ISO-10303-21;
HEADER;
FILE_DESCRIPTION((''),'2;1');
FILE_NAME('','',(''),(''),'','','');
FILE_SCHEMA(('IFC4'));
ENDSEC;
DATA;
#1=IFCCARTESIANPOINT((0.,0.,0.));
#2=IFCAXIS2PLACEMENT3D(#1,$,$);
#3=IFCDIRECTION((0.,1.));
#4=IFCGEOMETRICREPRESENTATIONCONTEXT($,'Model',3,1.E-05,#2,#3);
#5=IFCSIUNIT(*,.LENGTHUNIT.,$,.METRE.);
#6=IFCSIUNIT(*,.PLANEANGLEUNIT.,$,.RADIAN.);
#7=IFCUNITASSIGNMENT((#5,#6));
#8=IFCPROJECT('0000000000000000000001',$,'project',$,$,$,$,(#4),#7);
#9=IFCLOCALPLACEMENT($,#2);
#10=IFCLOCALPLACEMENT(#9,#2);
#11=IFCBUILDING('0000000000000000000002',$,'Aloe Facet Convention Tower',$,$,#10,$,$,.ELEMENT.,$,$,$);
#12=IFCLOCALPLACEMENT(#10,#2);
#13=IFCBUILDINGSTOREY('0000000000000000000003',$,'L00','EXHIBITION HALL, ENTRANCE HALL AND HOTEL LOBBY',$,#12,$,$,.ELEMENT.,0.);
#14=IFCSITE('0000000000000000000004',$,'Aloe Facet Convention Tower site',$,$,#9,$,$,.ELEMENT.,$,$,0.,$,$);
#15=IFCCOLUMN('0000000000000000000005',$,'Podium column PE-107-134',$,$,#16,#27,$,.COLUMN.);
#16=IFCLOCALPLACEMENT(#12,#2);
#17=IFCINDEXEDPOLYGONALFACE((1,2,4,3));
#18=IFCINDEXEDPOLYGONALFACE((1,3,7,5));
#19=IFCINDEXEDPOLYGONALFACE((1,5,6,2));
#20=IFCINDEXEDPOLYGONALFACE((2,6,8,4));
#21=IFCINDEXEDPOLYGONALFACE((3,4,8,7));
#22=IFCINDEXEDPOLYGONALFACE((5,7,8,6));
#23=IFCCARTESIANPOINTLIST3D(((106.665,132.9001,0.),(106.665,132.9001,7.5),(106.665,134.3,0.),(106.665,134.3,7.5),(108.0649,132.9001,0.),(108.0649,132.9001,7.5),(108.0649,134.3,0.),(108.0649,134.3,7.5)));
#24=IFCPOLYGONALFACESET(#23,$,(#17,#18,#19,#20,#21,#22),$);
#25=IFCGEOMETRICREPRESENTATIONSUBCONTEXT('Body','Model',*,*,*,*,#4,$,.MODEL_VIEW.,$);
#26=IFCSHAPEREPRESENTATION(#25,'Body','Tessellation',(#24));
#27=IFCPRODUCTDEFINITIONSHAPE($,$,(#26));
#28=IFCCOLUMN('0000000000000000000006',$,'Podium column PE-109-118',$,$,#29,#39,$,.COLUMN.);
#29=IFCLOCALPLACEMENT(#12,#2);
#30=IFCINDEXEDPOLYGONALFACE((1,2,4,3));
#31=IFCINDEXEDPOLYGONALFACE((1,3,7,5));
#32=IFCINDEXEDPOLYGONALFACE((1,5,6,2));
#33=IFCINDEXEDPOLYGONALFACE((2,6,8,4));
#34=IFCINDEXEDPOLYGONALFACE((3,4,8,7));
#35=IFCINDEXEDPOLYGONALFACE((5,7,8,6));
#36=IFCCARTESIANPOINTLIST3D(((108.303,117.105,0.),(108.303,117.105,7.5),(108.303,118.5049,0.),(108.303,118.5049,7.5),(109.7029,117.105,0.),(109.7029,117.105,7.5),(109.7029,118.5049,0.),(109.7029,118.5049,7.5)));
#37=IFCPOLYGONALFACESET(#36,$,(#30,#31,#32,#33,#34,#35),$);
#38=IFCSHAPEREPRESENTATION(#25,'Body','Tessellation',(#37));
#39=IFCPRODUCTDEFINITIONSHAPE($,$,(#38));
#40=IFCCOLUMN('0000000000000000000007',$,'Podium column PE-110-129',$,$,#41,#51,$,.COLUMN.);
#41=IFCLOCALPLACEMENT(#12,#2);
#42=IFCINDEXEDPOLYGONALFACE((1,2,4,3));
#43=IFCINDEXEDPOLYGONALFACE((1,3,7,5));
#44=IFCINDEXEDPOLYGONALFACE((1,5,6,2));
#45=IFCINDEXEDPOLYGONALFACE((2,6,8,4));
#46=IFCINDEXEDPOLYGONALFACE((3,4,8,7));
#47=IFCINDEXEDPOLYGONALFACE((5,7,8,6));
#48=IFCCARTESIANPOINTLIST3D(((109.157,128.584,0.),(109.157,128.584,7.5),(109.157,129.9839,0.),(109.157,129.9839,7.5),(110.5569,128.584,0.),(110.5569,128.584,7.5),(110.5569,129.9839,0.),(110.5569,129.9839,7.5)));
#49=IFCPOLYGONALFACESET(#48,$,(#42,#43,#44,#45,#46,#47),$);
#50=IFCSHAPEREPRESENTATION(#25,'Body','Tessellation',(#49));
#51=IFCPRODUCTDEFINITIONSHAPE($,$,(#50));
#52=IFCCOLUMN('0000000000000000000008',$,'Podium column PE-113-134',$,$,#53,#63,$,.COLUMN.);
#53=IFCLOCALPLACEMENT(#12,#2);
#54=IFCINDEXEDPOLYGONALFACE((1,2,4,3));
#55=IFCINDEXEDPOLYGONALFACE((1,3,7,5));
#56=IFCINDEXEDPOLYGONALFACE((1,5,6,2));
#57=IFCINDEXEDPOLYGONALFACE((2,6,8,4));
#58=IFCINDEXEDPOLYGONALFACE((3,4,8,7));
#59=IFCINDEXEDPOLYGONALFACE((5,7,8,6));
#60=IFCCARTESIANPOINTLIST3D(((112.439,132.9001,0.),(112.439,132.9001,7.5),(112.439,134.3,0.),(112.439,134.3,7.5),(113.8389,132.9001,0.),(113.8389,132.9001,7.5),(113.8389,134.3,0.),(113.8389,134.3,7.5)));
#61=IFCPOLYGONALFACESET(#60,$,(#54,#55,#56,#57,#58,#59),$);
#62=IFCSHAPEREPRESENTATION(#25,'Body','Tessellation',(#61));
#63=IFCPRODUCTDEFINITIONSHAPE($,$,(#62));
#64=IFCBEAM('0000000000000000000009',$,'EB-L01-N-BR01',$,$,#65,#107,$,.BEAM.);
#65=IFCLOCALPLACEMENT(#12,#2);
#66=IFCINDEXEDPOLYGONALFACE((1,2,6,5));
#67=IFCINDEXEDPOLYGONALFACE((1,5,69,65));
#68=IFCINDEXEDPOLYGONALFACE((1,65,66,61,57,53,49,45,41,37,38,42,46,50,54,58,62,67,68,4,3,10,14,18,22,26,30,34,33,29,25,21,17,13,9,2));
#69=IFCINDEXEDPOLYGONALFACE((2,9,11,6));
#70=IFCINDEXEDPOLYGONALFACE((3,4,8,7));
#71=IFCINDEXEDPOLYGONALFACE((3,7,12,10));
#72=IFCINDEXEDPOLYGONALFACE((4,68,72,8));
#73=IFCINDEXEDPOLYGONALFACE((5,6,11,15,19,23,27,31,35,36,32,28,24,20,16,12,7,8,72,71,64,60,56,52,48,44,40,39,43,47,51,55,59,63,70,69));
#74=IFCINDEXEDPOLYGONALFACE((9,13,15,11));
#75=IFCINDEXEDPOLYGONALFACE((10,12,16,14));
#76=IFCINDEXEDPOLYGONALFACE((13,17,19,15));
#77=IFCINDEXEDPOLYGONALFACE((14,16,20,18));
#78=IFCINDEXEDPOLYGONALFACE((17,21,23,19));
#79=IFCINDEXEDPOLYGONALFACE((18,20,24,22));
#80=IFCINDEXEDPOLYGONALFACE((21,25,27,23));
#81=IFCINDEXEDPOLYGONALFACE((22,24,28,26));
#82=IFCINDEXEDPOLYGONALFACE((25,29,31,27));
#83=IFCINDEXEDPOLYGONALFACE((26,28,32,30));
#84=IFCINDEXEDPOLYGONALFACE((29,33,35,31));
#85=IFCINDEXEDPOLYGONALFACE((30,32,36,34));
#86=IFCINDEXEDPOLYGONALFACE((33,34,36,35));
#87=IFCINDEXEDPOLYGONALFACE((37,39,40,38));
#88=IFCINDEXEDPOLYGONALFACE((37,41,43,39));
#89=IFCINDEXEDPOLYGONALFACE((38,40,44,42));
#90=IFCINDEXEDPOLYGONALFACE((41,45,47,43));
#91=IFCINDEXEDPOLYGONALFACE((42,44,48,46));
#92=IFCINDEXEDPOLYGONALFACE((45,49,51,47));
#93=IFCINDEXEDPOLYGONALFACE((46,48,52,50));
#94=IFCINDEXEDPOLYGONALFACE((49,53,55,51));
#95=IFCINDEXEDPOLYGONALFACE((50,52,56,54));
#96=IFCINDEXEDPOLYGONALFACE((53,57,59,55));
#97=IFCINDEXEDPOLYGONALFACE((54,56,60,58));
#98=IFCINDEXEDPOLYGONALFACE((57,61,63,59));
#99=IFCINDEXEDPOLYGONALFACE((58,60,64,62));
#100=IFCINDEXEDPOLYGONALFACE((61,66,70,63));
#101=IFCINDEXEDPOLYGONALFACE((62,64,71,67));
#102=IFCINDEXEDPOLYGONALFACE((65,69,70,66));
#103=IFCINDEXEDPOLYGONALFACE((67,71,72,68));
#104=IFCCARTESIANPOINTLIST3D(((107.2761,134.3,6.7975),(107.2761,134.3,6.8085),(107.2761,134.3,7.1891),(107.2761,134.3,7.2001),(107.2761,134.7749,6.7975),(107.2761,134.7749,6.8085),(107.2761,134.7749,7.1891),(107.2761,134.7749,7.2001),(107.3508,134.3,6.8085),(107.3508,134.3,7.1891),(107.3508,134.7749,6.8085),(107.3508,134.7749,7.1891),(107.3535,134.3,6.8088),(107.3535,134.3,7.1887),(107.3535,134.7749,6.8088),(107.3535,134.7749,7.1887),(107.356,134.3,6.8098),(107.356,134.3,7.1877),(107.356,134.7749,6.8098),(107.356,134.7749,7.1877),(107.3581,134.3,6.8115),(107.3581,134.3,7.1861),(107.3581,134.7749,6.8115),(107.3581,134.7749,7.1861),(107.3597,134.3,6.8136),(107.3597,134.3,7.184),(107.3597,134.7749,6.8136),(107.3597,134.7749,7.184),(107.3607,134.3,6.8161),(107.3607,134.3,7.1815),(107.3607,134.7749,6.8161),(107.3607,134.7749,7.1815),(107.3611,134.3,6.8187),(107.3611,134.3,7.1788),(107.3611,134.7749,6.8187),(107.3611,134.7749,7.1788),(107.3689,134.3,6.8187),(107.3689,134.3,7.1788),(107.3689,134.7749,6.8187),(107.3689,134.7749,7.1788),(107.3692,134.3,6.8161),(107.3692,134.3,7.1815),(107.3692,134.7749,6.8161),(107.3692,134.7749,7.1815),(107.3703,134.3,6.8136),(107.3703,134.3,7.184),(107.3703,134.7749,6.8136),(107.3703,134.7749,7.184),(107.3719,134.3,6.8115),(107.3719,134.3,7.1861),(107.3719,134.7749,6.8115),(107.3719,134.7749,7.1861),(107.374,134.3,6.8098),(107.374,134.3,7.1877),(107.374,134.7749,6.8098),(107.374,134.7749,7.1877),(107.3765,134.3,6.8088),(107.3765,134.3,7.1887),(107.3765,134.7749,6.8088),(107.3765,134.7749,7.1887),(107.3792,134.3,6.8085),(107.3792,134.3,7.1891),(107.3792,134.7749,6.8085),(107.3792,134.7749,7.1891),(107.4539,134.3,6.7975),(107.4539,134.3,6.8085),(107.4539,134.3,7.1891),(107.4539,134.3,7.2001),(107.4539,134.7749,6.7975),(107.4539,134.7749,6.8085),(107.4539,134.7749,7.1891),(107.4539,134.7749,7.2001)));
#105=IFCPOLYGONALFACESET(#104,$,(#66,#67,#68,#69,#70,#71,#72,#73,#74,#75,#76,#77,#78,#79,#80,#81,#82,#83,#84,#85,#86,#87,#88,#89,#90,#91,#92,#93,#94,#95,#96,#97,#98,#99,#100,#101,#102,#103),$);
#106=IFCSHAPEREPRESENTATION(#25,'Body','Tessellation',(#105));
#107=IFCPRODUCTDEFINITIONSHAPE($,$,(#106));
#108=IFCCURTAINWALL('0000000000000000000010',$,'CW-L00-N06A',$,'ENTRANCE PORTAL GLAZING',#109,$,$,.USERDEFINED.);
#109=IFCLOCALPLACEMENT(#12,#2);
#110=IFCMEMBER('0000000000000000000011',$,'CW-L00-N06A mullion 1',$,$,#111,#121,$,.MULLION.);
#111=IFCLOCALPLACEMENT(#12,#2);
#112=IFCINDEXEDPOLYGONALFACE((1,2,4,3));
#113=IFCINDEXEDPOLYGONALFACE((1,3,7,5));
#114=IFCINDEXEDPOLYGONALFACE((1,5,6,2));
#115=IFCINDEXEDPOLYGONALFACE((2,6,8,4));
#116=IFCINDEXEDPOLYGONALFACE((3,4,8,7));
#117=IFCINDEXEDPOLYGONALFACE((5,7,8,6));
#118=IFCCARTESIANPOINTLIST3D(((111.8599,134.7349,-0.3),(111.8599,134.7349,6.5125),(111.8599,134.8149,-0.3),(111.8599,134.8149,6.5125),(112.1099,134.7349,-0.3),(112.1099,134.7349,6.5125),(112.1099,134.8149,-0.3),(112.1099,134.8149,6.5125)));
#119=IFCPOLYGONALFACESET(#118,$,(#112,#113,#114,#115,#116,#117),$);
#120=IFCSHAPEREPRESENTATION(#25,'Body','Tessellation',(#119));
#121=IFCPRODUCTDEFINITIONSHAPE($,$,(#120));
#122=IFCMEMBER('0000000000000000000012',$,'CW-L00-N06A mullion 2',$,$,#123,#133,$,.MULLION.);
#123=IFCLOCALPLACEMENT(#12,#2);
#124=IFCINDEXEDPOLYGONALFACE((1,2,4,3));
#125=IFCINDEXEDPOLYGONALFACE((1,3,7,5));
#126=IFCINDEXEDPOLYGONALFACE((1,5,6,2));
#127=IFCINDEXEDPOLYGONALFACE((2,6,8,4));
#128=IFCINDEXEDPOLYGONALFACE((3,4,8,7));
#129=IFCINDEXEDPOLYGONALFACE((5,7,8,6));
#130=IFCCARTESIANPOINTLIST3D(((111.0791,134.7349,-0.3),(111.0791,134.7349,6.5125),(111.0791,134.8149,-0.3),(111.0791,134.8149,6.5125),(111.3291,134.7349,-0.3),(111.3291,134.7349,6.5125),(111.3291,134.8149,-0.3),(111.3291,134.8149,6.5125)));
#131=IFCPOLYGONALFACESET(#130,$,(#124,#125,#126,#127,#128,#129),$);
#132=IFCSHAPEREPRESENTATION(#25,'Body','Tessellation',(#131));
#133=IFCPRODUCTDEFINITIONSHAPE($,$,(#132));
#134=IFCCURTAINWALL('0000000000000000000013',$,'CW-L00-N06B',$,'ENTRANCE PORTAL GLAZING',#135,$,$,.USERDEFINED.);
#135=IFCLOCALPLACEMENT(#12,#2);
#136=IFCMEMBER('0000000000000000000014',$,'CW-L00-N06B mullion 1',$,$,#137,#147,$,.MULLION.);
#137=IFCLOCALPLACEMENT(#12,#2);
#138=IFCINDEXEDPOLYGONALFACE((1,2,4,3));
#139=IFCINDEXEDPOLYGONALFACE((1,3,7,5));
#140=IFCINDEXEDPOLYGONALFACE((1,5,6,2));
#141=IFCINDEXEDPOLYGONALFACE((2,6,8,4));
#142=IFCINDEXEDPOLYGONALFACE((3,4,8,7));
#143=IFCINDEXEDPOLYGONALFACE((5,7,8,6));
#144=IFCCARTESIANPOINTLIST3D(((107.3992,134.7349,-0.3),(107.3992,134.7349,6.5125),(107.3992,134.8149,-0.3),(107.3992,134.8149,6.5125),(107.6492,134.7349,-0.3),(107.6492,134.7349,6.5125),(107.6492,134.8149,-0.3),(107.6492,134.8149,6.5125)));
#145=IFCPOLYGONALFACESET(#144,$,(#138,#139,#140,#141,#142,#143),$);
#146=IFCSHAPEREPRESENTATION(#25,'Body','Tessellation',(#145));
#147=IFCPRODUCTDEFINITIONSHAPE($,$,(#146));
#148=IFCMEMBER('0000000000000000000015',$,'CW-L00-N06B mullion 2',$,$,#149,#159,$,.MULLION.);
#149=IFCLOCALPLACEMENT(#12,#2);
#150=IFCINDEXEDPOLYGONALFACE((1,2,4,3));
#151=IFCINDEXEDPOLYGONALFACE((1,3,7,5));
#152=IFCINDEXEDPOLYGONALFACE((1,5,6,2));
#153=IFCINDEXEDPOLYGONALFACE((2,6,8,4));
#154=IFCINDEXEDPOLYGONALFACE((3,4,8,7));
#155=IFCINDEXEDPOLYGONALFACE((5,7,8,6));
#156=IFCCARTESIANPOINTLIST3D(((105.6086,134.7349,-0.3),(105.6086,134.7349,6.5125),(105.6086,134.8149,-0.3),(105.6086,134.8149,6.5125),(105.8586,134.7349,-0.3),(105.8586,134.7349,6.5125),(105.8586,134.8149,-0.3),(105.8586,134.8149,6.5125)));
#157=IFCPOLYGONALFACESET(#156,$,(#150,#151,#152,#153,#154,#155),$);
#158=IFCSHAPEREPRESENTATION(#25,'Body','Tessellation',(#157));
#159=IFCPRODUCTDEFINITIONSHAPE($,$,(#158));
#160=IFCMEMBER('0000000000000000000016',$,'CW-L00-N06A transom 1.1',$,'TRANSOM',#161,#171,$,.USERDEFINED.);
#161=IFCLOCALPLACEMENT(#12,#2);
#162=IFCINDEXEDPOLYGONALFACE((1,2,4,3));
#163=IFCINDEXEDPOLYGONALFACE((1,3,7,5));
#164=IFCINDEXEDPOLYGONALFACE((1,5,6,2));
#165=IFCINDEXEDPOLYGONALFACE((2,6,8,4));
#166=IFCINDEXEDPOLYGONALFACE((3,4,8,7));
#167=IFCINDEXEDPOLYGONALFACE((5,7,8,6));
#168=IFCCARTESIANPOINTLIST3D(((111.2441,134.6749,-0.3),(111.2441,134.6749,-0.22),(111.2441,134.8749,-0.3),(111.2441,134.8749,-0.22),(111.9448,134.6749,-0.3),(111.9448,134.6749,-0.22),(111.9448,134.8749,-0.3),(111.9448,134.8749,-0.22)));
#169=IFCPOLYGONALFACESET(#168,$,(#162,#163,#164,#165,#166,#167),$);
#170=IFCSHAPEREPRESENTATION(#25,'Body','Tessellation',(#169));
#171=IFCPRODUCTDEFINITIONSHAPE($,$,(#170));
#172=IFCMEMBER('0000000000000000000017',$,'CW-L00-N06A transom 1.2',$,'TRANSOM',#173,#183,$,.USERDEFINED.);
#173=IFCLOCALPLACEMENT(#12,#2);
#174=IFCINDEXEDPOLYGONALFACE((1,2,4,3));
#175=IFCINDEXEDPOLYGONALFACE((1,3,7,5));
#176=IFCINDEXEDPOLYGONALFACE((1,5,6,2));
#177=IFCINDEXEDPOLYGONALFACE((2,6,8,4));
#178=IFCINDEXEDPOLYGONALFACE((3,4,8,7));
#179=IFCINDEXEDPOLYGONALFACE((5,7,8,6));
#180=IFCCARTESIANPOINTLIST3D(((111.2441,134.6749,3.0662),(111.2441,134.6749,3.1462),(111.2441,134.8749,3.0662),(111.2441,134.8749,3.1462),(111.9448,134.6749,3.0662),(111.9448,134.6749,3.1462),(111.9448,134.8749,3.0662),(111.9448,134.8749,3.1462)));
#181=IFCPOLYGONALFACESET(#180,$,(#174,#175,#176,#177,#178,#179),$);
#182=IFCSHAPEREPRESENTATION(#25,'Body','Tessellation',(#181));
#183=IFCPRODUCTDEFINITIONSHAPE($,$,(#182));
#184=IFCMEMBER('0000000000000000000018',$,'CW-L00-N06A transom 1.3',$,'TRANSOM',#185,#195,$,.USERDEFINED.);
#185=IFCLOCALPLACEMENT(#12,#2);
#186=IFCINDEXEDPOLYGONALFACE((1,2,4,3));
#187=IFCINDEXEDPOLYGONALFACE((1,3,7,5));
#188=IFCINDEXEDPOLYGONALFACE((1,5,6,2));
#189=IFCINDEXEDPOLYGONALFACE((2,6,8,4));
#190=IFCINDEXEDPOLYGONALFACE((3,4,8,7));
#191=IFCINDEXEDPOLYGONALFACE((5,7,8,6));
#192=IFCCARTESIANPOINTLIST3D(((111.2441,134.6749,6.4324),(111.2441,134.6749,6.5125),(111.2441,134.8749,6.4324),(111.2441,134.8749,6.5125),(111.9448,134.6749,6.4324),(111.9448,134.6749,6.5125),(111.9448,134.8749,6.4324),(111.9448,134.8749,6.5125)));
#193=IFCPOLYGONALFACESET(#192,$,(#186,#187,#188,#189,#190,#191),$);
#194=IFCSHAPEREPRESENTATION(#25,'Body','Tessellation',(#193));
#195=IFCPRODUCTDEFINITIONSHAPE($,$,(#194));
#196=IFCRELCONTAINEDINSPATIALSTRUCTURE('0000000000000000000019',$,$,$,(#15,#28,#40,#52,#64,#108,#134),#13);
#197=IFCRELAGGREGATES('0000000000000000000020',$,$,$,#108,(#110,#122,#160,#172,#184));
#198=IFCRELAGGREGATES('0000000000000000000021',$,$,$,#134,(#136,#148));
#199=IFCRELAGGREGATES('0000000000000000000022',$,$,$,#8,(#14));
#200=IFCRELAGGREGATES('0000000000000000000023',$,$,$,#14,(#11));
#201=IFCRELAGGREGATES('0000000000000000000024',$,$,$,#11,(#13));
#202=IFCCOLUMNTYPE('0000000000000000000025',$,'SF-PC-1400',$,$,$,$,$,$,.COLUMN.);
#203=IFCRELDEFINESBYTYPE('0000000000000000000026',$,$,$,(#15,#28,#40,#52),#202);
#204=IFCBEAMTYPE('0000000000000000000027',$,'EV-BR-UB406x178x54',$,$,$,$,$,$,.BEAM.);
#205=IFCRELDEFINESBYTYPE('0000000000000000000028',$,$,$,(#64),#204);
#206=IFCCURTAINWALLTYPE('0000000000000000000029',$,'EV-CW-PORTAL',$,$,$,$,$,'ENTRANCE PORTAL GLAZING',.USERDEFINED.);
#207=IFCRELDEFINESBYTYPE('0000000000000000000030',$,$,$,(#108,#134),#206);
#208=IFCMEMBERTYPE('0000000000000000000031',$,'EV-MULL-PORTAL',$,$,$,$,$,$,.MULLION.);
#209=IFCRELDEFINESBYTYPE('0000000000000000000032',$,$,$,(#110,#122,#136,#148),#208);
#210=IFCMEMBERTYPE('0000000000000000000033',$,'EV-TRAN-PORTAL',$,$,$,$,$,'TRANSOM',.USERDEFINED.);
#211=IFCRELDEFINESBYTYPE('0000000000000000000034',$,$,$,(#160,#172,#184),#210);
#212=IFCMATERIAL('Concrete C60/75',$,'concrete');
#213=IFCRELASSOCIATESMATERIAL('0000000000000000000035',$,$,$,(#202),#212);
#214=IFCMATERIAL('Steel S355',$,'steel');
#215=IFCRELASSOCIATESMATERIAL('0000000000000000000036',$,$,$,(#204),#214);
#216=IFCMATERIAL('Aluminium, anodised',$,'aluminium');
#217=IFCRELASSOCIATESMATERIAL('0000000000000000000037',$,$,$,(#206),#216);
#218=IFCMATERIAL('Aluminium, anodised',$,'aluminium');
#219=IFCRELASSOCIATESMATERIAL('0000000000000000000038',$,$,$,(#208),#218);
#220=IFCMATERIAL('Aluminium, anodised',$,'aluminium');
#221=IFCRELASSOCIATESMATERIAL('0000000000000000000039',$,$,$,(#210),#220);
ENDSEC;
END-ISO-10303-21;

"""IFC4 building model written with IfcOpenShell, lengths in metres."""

from ifc_helpers import new_model, si_unit, direction, frame, origin, origin_2d, place, context, subcontext, project, spatial, rectangle, i_section, extrude, material, material_profile, profile_set, type_object, element, aggregate, save


model = new_model("IFC4")

# Units and contexts
model_context = context("Model", 3, precision=1e-05, world=origin(), true_north=direction((0.0, 1.0)))
body_context = subcontext(model_context, "Body", "Model", "MODEL_VIEW")
ifc_project = project(units=[si_unit("LENGTHUNIT", "METRE"), si_unit("PLANEANGLEUNIT", "RADIAN")], contexts=[model_context])

# Site, building, storey
site_placement = place(None, origin())
site = spatial("IfcSite", under=ifc_project, at=site_placement, Name="Aloe Facet Convention Tower site", CompositionType="ELEMENT", RefElevation=0.0)
building_placement = place(site_placement, origin())
building = spatial("IfcBuilding", under=site, at=building_placement, Name="Aloe Facet Convention Tower", CompositionType="ELEMENT")
storey_placement = place(building_placement, origin())
storey = spatial("IfcBuildingStorey", under=building, at=storey_placement, Name="L00", Description="EXHIBITION HALL, ENTRANCE HALL AND HOTEL LOBBY", CompositionType="ELEMENT", Elevation=0.0)

# Columns
ifc_material_1 = material(Name="Concrete C60/75", Category="concrete")
ifc_material_profile_1 = material_profile(ifc_material_1, rectangle(XDim=1.3999, YDim=1.3999, at=origin_2d()), Name="SF-PC-1400")
ifc_profile_set_1 = profile_set([ifc_material_profile_1], Name="Concrete C60/75")
column_type = type_object("IfcColumnType", Name="SF-PC-1400", PredefinedType="COLUMN", material=ifc_profile_set_1)
for number, where, z_axis, x_axis, name in (
    (1, (107.365, 133.6001, 0.0), (0.0, 0.0, 1.0), (1.0, 0.0, 0.0), "Podium column PE-107-134"),
    (2, (109.0029, 117.8049, 0.0), (0.0, 0.0, 1.0), (1.0, 0.0, 0.0), "Podium column PE-109-118"),
    (3, (109.8569, 129.2839, 0.0), (0.0, 0.0, 1.0), (1.0, 0.0, 0.0), "Podium column PE-110-129"),
    (4, (113.1389, 133.6001, 0.0), (0.0, 0.0, 1.0), (1.0, 0.0, 0.0), "Podium column PE-113-134"),
):
    element("IfcColumn", number, at=place(storey_placement, frame(where, z_axis=z_axis, x_axis=x_axis)), inside=storey, type_object=column_type, Name=name, PredefinedType="COLUMN", context=body_context, shape_type="SweptSolid", body=[
        extrude(rectangle(XDim=1.3999, YDim=1.3999, at=origin_2d()), origin(), (0.0, 0.0, 1.0), 7.5),
    ])

# Beam
ifc_material_2 = material(Name="Steel S355", Category="steel")
ifc_material_profile_2 = material_profile(ifc_material_2, i_section(OverallWidth=0.1777, OverallDepth=0.4026, WebThickness=0.0078, FlangeThickness=0.011, FilletRadius=0.0103, at=origin_2d()), Name="UB 406x178x54")
ifc_profile_set_2 = profile_set([ifc_material_profile_2], Name="Steel S355")
beam_type_1 = type_object("IfcBeamType", Name="EV-BR-UB406x178x54", PredefinedType="BEAM", material=ifc_profile_set_2)
beam_1_placement = place(storey_placement, frame((107.365, 134.3, 6.9988), z_axis=(0.0, 1.0, 0.0), x_axis=(-1.0, 0.0, 0.0)))
element("IfcBeam", 5, at=beam_1_placement, inside=storey, type_object=beam_type_1, Name="EB-L01-N-BR01", PredefinedType="BEAM", context=body_context, shape_type="SweptSolid", body=[
    extrude(i_section(OverallWidth=0.1777, OverallDepth=0.4026, WebThickness=0.0078, FlangeThickness=0.011, FilletRadius=0.0103, at=origin_2d()), origin(), (0.0, 0.0, 1.0), 0.4749),
])

# Curtain walls, members
ifc_material_3 = material(Name="Aluminium, anodised", Category="aluminium")
curtain_wall_type = type_object("IfcCurtainWallType", Name="EV-CW-PORTAL", ElementType="ENTRANCE PORTAL GLAZING", PredefinedType="USERDEFINED", material=ifc_material_3)
curtain_wall_1_placement = place(storey_placement, origin())
curtain_wall_1 = element("IfcCurtainWall", 6, at=curtain_wall_1_placement, inside=storey, type_object=curtain_wall_type, Name="CW-L00-N06A", ObjectType="ENTRANCE PORTAL GLAZING", PredefinedType="USERDEFINED")
ifc_material_4 = material(Name="Aluminium, anodised", Category="aluminium")
ifc_material_profile_3 = material_profile(ifc_material_4, rectangle(XDim=0.0801, YDim=0.25, at=origin_2d()), Name="AL 80x250")
ifc_profile_set_3 = profile_set([ifc_material_profile_3], Name="Aluminium, anodised")
member_type_1 = type_object("IfcMemberType", Name="EV-MULL-PORTAL", PredefinedType="MULLION", material=ifc_profile_set_3)
member_1_placement = place(storey_placement, frame((111.9849, 134.7749, -0.3), z_axis=(0.0, 0.0, 1.0), x_axis=(0.0, -1.0, 0.0)))
member_1 = element("IfcMember", 7, at=member_1_placement, type_object=member_type_1, Name="CW-L00-N06A mullion 1", PredefinedType="MULLION", context=body_context, shape_type="SweptSolid", body=[
    extrude(rectangle(XDim=0.0801, YDim=0.25, at=origin_2d()), origin(), (0.0, 0.0, 1.0), 6.8125),
])
member_2_placement = place(storey_placement, frame((111.2041, 134.7749, -0.3), z_axis=(0.0, 0.0, 1.0), x_axis=(0.0, -1.0, 0.0)))
member_2 = element("IfcMember", 8, at=member_2_placement, type_object=member_type_1, Name="CW-L00-N06A mullion 2", PredefinedType="MULLION", context=body_context, shape_type="SweptSolid", body=[
    extrude(rectangle(XDim=0.0801, YDim=0.25, at=origin_2d()), origin(), (0.0, 0.0, 1.0), 6.8125),
])
curtain_wall_2_placement = place(storey_placement, origin())
curtain_wall_2 = element("IfcCurtainWall", 9, at=curtain_wall_2_placement, inside=storey, type_object=curtain_wall_type, Name="CW-L00-N06B", ObjectType="ENTRANCE PORTAL GLAZING", PredefinedType="USERDEFINED")
member_3_placement = place(storey_placement, frame((107.5242, 134.7749, -0.3), z_axis=(0.0, 0.0, 1.0), x_axis=(0.0, -1.0, 0.0)))
member_3 = element("IfcMember", 10, at=member_3_placement, type_object=member_type_1, Name="CW-L00-N06B mullion 1", PredefinedType="MULLION", context=body_context, shape_type="SweptSolid", body=[
    extrude(rectangle(XDim=0.0801, YDim=0.25, at=origin_2d()), origin(), (0.0, 0.0, 1.0), 6.8125),
])
member_4_placement = place(storey_placement, frame((105.7336, 134.7749, -0.3), z_axis=(0.0, 0.0, 1.0), x_axis=(0.0, -1.0, 0.0)))
member_4 = element("IfcMember", 11, at=member_4_placement, type_object=member_type_1, Name="CW-L00-N06B mullion 2", PredefinedType="MULLION", context=body_context, shape_type="SweptSolid", body=[
    extrude(rectangle(XDim=0.0801, YDim=0.25, at=origin_2d()), origin(), (0.0, 0.0, 1.0), 6.8125),
])

# Members
ifc_material_5 = material(Name="Aluminium, anodised", Category="aluminium")
ifc_material_profile_4 = material_profile(ifc_material_5, rectangle(XDim=0.2, YDim=0.0801, at=origin_2d()), Name="AL 200x80")
ifc_profile_set_4 = profile_set([ifc_material_profile_4], Name="Aluminium, anodised")
member_type_2 = type_object("IfcMemberType", Name="EV-TRAN-PORTAL", ElementType="TRANSOM", PredefinedType="USERDEFINED", material=ifc_profile_set_4)
member_5_placement = place(storey_placement, frame((111.9448, 134.7749, -0.26), z_axis=(-1.0, 0.0, 0.0), x_axis=(0.0, -1.0, 0.0)))
member_5 = element("IfcMember", 12, at=member_5_placement, type_object=member_type_2, Name="CW-L00-N06A transom 1.1", ObjectType="TRANSOM", PredefinedType="USERDEFINED", context=body_context, shape_type="SweptSolid", body=[
    extrude(rectangle(XDim=0.2, YDim=0.0801, at=origin_2d()), origin(), (0.0, 0.0, 1.0), 0.7007),
])
member_6_placement = place(storey_placement, frame((111.9448, 134.7749, 3.1062), z_axis=(-1.0, 0.0, 0.0), x_axis=(0.0, -1.0, 0.0)))
member_6 = element("IfcMember", 13, at=member_6_placement, type_object=member_type_2, Name="CW-L00-N06A transom 1.2", ObjectType="TRANSOM", PredefinedType="USERDEFINED", context=body_context, shape_type="SweptSolid", body=[
    extrude(rectangle(XDim=0.2, YDim=0.0801, at=origin_2d()), origin(), (0.0, 0.0, 1.0), 0.7007),
])
member_7_placement = place(storey_placement, frame((111.9448, 134.7749, 6.4724), z_axis=(-1.0, 0.0, 0.0), x_axis=(0.0, -1.0, 0.0)))
member_7 = element("IfcMember", 14, at=member_7_placement, type_object=member_type_2, Name="CW-L00-N06A transom 1.3", ObjectType="TRANSOM", PredefinedType="USERDEFINED", context=body_context, shape_type="SweptSolid", body=[
    extrude(rectangle(XDim=0.2, YDim=0.0801, at=origin_2d()), origin(), (0.0, 0.0, 1.0), 0.7007),
])

aggregate(curtain_wall_1, [member_1, member_2, member_5, member_6, member_7])
aggregate(curtain_wall_2, [member_3, member_4])

save(model, "model.ifc")
